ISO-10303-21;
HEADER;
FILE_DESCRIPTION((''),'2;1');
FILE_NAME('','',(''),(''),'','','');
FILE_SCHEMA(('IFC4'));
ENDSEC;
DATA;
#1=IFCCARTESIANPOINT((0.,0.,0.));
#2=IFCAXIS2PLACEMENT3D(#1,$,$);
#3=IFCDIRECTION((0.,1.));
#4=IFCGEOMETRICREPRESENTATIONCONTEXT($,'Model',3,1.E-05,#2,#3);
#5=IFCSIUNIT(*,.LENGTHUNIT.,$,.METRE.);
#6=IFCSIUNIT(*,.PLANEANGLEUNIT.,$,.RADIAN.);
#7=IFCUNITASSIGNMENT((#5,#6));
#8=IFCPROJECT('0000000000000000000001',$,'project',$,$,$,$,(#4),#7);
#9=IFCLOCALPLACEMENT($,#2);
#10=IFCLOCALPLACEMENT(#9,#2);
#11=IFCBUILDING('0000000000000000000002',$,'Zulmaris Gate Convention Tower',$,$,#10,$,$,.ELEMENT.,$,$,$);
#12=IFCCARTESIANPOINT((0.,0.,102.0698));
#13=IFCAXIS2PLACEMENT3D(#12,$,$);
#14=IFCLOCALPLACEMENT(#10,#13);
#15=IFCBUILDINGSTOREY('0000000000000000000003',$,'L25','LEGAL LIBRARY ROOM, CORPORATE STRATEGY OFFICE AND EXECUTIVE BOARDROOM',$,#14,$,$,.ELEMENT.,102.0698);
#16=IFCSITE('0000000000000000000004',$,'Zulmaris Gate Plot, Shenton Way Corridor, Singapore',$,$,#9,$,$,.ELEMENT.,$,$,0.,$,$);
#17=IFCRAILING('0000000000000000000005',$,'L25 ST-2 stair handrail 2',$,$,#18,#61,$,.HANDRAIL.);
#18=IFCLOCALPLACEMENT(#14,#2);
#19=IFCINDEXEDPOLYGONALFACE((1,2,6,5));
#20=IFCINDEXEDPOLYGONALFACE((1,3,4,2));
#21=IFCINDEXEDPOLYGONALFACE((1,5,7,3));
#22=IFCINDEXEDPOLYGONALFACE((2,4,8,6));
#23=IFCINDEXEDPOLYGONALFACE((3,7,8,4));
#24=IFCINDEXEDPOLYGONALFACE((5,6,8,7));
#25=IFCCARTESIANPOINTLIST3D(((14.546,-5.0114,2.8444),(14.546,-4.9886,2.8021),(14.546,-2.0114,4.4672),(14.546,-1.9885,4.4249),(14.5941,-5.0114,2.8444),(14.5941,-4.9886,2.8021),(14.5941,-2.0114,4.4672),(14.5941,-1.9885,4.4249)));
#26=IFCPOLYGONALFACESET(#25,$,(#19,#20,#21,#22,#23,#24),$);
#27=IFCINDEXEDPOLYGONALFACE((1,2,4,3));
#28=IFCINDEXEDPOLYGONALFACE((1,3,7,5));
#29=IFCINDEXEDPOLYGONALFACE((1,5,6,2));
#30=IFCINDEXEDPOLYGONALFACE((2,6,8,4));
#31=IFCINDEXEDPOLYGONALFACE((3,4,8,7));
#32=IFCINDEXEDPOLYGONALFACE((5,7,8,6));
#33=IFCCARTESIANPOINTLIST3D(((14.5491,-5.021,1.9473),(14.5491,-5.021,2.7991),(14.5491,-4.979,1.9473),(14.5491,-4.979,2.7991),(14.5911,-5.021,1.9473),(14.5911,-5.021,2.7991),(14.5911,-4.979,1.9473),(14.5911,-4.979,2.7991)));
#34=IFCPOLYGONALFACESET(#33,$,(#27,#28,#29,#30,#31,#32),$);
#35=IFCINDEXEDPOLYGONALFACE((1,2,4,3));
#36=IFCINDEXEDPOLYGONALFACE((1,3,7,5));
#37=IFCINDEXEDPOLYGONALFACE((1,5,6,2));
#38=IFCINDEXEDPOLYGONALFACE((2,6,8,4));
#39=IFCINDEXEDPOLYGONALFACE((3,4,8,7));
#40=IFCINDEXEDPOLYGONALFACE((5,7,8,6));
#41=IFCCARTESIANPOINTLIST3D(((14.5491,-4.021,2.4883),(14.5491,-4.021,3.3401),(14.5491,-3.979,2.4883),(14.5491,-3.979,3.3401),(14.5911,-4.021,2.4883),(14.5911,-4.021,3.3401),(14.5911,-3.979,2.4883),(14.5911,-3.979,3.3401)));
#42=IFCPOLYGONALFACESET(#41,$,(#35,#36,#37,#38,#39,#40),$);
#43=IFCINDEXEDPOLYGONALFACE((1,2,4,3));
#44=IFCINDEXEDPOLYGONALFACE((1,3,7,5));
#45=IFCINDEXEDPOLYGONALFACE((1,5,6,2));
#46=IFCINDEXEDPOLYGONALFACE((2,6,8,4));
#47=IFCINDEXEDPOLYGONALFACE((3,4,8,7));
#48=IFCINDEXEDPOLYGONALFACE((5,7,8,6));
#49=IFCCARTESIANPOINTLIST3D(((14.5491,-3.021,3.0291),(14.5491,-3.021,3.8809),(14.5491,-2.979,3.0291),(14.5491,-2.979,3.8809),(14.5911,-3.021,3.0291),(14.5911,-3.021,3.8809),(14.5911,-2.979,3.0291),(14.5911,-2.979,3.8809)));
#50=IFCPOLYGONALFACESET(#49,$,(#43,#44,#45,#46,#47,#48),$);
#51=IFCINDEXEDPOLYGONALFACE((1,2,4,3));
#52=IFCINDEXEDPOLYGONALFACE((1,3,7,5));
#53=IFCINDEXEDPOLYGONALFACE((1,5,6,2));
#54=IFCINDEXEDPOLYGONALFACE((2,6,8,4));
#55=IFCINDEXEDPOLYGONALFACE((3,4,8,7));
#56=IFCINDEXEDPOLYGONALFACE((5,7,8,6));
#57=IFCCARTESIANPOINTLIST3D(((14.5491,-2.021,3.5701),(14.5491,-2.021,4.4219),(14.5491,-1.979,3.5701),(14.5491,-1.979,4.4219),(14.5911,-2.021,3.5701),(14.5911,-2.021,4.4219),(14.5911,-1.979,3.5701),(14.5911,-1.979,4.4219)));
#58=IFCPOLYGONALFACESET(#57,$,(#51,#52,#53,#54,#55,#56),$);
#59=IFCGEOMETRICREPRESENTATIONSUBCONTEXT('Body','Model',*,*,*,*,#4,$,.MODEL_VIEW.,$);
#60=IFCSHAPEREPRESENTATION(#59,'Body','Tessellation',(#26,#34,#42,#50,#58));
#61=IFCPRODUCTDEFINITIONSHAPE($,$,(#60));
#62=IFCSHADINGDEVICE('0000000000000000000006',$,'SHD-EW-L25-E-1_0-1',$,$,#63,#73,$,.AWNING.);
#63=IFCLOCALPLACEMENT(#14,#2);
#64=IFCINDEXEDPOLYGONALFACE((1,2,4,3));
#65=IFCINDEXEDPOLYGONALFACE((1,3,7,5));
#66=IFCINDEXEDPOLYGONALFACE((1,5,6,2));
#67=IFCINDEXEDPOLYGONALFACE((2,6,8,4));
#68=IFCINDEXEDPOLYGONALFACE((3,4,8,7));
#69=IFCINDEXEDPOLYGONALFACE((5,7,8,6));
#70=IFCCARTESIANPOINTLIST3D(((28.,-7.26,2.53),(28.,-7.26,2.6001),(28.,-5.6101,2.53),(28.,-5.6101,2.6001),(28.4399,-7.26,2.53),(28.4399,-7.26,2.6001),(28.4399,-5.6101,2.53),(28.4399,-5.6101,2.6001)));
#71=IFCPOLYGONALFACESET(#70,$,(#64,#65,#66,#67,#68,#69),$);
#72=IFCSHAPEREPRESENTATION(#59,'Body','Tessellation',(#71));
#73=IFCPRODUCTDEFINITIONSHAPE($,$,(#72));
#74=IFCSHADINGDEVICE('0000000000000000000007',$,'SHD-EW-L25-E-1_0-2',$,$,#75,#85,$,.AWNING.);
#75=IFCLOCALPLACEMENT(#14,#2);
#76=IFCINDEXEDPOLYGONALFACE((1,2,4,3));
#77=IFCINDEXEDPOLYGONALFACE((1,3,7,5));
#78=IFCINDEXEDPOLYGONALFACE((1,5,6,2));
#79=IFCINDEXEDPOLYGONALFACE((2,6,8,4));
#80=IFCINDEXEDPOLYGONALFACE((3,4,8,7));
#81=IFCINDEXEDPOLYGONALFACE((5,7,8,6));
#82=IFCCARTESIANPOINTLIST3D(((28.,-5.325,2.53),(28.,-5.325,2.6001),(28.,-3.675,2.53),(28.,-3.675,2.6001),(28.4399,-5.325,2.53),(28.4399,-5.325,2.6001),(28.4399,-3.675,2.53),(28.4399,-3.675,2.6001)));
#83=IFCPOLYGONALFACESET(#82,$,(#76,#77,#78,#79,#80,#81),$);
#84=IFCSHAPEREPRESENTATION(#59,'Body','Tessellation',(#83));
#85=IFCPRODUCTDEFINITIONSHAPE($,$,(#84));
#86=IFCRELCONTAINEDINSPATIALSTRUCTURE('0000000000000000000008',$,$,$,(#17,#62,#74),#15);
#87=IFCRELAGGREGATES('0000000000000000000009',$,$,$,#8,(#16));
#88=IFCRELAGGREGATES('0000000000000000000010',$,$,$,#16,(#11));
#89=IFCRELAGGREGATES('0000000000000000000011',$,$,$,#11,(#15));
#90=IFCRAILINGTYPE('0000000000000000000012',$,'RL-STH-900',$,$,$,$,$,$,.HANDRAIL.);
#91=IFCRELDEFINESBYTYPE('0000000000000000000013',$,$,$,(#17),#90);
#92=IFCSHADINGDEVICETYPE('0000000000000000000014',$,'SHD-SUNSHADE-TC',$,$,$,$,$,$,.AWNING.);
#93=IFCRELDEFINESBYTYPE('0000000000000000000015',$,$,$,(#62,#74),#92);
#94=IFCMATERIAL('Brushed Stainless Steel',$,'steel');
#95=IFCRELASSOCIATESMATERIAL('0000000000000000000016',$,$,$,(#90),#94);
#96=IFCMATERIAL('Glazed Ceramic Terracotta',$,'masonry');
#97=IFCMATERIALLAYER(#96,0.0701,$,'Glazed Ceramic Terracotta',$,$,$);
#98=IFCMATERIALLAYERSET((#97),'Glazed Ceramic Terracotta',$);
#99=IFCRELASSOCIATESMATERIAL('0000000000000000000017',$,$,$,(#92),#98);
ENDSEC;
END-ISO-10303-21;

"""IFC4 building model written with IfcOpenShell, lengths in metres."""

from ifc_helpers import new_model, si_unit, direction, frame, frame_2d, origin, origin_2d, place, context, subcontext, project, spatial, rectangle, extrude, material, layer, layer_set, type_object, element, save


model = new_model("IFC4")

# Units and contexts
model_context = context("Model", 3, precision=1e-05, world=origin(), true_north=direction((0.0, 1.0)))
body_context = subcontext(model_context, "Body", "Model", "MODEL_VIEW")
ifc_project = project(units=[si_unit("LENGTHUNIT", "METRE"), si_unit("PLANEANGLEUNIT", "RADIAN")], contexts=[model_context])

# Site, building, storey
site_placement = place(None, origin())
site = spatial("IfcSite", under=ifc_project, at=site_placement, Name="Zulmaris Gate Plot, Shenton Way Corridor, Singapore", CompositionType="ELEMENT", RefElevation=0.0)
building_placement = place(site_placement, origin())
building = spatial("IfcBuilding", under=site, at=building_placement, Name="Zulmaris Gate Convention Tower", CompositionType="ELEMENT")
storey_placement = place(building_placement, frame((0.0, 0.0, 102.0698)))
storey = spatial("IfcBuildingStorey", under=building, at=storey_placement, Name="L25", Description="LEGAL LIBRARY ROOM, CORPORATE STRATEGY OFFICE AND EXECUTIVE BOARDROOM", CompositionType="ELEMENT", Elevation=102.0698)

# Shared definitions
ifc_material_1 = material(Name="Brushed Stainless Steel", Category="steel")

# Railing
railing_type_1 = type_object("IfcRailingType", Name="RL-STH-900", PredefinedType="HANDRAIL", material=ifc_material_1)
railing_1_placement = place(storey_placement, frame((14.5701, -5.0, 1.9473)))
element("IfcRailing", 1, at=railing_1_placement, inside=storey, type_object=railing_type_1, Name="L25 ST-2 stair handrail 2", PredefinedType="HANDRAIL", context=body_context, shape_type="SweptSolid", body=[
    extrude(rectangle(XDim=0.0481, YDim=0.0481, at=origin_2d()), frame((0.0, 0.0, 0.876), z_axis=(0.0, 0.879562, 0.475785), x_axis=(-1.0, 0.0, 0.0)), (0.0, 0.0, 1.0), 3.4109),
    extrude(rectangle(XDim=0.042, YDim=0.042, at=origin_2d()), origin(), (0.0, 0.0, 1.0), 0.8518),
    extrude(rectangle(XDim=0.042, YDim=0.042, at=origin_2d()), frame((0.0, 1.0, 0.541)), (0.0, 0.0, 1.0), 0.8518),
    extrude(rectangle(XDim=0.042, YDim=0.042, at=origin_2d()), frame((0.0, 2.0, 1.0818)), (0.0, 0.0, 1.0), 0.8518),
    extrude(rectangle(XDim=0.042, YDim=0.042, at=origin_2d()), frame((0.0, 3.0, 1.6228)), (0.0, 0.0, 1.0), 0.8518),
])

# Shading devices
ifc_material_2 = material(Name="Glazed Ceramic Terracotta", Category="masonry")
ifc_layer_1 = layer(ifc_material_2, 0.0701, Name="Glazed Ceramic Terracotta")
ifc_layer_set_1 = layer_set([ifc_layer_1], Name="Glazed Ceramic Terracotta")
shading_device_type = type_object("IfcShadingDeviceType", Name="SHD-SUNSHADE-TC", PredefinedType="AWNING", material=ifc_layer_set_1)
for number, where, z_axis, x_axis, name in (
    (2, (28.22, -7.26, 2.53), (0.0, 0.0, 1.0), (0.0, 1.0, 0.0), "SHD-EW-L25-E-1_0-1"),
    (3, (28.22, -5.325, 2.53), (0.0, 0.0, 1.0), (0.0, 1.0, 0.0), "SHD-EW-L25-E-1_0-2"),
):
    element("IfcShadingDevice", number, at=place(storey_placement, frame(where, z_axis=z_axis, x_axis=x_axis)), inside=storey, type_object=shading_device_type, Name=name, PredefinedType="AWNING", context=body_context, shape_type="SweptSolid", body=[
        extrude(rectangle(XDim=1.6499, YDim=0.4399, at=frame_2d((0.825, 0.0))), origin(), (0.0, 0.0, 1.0), 0.0701),
    ])

save(model, "model.ifc")
